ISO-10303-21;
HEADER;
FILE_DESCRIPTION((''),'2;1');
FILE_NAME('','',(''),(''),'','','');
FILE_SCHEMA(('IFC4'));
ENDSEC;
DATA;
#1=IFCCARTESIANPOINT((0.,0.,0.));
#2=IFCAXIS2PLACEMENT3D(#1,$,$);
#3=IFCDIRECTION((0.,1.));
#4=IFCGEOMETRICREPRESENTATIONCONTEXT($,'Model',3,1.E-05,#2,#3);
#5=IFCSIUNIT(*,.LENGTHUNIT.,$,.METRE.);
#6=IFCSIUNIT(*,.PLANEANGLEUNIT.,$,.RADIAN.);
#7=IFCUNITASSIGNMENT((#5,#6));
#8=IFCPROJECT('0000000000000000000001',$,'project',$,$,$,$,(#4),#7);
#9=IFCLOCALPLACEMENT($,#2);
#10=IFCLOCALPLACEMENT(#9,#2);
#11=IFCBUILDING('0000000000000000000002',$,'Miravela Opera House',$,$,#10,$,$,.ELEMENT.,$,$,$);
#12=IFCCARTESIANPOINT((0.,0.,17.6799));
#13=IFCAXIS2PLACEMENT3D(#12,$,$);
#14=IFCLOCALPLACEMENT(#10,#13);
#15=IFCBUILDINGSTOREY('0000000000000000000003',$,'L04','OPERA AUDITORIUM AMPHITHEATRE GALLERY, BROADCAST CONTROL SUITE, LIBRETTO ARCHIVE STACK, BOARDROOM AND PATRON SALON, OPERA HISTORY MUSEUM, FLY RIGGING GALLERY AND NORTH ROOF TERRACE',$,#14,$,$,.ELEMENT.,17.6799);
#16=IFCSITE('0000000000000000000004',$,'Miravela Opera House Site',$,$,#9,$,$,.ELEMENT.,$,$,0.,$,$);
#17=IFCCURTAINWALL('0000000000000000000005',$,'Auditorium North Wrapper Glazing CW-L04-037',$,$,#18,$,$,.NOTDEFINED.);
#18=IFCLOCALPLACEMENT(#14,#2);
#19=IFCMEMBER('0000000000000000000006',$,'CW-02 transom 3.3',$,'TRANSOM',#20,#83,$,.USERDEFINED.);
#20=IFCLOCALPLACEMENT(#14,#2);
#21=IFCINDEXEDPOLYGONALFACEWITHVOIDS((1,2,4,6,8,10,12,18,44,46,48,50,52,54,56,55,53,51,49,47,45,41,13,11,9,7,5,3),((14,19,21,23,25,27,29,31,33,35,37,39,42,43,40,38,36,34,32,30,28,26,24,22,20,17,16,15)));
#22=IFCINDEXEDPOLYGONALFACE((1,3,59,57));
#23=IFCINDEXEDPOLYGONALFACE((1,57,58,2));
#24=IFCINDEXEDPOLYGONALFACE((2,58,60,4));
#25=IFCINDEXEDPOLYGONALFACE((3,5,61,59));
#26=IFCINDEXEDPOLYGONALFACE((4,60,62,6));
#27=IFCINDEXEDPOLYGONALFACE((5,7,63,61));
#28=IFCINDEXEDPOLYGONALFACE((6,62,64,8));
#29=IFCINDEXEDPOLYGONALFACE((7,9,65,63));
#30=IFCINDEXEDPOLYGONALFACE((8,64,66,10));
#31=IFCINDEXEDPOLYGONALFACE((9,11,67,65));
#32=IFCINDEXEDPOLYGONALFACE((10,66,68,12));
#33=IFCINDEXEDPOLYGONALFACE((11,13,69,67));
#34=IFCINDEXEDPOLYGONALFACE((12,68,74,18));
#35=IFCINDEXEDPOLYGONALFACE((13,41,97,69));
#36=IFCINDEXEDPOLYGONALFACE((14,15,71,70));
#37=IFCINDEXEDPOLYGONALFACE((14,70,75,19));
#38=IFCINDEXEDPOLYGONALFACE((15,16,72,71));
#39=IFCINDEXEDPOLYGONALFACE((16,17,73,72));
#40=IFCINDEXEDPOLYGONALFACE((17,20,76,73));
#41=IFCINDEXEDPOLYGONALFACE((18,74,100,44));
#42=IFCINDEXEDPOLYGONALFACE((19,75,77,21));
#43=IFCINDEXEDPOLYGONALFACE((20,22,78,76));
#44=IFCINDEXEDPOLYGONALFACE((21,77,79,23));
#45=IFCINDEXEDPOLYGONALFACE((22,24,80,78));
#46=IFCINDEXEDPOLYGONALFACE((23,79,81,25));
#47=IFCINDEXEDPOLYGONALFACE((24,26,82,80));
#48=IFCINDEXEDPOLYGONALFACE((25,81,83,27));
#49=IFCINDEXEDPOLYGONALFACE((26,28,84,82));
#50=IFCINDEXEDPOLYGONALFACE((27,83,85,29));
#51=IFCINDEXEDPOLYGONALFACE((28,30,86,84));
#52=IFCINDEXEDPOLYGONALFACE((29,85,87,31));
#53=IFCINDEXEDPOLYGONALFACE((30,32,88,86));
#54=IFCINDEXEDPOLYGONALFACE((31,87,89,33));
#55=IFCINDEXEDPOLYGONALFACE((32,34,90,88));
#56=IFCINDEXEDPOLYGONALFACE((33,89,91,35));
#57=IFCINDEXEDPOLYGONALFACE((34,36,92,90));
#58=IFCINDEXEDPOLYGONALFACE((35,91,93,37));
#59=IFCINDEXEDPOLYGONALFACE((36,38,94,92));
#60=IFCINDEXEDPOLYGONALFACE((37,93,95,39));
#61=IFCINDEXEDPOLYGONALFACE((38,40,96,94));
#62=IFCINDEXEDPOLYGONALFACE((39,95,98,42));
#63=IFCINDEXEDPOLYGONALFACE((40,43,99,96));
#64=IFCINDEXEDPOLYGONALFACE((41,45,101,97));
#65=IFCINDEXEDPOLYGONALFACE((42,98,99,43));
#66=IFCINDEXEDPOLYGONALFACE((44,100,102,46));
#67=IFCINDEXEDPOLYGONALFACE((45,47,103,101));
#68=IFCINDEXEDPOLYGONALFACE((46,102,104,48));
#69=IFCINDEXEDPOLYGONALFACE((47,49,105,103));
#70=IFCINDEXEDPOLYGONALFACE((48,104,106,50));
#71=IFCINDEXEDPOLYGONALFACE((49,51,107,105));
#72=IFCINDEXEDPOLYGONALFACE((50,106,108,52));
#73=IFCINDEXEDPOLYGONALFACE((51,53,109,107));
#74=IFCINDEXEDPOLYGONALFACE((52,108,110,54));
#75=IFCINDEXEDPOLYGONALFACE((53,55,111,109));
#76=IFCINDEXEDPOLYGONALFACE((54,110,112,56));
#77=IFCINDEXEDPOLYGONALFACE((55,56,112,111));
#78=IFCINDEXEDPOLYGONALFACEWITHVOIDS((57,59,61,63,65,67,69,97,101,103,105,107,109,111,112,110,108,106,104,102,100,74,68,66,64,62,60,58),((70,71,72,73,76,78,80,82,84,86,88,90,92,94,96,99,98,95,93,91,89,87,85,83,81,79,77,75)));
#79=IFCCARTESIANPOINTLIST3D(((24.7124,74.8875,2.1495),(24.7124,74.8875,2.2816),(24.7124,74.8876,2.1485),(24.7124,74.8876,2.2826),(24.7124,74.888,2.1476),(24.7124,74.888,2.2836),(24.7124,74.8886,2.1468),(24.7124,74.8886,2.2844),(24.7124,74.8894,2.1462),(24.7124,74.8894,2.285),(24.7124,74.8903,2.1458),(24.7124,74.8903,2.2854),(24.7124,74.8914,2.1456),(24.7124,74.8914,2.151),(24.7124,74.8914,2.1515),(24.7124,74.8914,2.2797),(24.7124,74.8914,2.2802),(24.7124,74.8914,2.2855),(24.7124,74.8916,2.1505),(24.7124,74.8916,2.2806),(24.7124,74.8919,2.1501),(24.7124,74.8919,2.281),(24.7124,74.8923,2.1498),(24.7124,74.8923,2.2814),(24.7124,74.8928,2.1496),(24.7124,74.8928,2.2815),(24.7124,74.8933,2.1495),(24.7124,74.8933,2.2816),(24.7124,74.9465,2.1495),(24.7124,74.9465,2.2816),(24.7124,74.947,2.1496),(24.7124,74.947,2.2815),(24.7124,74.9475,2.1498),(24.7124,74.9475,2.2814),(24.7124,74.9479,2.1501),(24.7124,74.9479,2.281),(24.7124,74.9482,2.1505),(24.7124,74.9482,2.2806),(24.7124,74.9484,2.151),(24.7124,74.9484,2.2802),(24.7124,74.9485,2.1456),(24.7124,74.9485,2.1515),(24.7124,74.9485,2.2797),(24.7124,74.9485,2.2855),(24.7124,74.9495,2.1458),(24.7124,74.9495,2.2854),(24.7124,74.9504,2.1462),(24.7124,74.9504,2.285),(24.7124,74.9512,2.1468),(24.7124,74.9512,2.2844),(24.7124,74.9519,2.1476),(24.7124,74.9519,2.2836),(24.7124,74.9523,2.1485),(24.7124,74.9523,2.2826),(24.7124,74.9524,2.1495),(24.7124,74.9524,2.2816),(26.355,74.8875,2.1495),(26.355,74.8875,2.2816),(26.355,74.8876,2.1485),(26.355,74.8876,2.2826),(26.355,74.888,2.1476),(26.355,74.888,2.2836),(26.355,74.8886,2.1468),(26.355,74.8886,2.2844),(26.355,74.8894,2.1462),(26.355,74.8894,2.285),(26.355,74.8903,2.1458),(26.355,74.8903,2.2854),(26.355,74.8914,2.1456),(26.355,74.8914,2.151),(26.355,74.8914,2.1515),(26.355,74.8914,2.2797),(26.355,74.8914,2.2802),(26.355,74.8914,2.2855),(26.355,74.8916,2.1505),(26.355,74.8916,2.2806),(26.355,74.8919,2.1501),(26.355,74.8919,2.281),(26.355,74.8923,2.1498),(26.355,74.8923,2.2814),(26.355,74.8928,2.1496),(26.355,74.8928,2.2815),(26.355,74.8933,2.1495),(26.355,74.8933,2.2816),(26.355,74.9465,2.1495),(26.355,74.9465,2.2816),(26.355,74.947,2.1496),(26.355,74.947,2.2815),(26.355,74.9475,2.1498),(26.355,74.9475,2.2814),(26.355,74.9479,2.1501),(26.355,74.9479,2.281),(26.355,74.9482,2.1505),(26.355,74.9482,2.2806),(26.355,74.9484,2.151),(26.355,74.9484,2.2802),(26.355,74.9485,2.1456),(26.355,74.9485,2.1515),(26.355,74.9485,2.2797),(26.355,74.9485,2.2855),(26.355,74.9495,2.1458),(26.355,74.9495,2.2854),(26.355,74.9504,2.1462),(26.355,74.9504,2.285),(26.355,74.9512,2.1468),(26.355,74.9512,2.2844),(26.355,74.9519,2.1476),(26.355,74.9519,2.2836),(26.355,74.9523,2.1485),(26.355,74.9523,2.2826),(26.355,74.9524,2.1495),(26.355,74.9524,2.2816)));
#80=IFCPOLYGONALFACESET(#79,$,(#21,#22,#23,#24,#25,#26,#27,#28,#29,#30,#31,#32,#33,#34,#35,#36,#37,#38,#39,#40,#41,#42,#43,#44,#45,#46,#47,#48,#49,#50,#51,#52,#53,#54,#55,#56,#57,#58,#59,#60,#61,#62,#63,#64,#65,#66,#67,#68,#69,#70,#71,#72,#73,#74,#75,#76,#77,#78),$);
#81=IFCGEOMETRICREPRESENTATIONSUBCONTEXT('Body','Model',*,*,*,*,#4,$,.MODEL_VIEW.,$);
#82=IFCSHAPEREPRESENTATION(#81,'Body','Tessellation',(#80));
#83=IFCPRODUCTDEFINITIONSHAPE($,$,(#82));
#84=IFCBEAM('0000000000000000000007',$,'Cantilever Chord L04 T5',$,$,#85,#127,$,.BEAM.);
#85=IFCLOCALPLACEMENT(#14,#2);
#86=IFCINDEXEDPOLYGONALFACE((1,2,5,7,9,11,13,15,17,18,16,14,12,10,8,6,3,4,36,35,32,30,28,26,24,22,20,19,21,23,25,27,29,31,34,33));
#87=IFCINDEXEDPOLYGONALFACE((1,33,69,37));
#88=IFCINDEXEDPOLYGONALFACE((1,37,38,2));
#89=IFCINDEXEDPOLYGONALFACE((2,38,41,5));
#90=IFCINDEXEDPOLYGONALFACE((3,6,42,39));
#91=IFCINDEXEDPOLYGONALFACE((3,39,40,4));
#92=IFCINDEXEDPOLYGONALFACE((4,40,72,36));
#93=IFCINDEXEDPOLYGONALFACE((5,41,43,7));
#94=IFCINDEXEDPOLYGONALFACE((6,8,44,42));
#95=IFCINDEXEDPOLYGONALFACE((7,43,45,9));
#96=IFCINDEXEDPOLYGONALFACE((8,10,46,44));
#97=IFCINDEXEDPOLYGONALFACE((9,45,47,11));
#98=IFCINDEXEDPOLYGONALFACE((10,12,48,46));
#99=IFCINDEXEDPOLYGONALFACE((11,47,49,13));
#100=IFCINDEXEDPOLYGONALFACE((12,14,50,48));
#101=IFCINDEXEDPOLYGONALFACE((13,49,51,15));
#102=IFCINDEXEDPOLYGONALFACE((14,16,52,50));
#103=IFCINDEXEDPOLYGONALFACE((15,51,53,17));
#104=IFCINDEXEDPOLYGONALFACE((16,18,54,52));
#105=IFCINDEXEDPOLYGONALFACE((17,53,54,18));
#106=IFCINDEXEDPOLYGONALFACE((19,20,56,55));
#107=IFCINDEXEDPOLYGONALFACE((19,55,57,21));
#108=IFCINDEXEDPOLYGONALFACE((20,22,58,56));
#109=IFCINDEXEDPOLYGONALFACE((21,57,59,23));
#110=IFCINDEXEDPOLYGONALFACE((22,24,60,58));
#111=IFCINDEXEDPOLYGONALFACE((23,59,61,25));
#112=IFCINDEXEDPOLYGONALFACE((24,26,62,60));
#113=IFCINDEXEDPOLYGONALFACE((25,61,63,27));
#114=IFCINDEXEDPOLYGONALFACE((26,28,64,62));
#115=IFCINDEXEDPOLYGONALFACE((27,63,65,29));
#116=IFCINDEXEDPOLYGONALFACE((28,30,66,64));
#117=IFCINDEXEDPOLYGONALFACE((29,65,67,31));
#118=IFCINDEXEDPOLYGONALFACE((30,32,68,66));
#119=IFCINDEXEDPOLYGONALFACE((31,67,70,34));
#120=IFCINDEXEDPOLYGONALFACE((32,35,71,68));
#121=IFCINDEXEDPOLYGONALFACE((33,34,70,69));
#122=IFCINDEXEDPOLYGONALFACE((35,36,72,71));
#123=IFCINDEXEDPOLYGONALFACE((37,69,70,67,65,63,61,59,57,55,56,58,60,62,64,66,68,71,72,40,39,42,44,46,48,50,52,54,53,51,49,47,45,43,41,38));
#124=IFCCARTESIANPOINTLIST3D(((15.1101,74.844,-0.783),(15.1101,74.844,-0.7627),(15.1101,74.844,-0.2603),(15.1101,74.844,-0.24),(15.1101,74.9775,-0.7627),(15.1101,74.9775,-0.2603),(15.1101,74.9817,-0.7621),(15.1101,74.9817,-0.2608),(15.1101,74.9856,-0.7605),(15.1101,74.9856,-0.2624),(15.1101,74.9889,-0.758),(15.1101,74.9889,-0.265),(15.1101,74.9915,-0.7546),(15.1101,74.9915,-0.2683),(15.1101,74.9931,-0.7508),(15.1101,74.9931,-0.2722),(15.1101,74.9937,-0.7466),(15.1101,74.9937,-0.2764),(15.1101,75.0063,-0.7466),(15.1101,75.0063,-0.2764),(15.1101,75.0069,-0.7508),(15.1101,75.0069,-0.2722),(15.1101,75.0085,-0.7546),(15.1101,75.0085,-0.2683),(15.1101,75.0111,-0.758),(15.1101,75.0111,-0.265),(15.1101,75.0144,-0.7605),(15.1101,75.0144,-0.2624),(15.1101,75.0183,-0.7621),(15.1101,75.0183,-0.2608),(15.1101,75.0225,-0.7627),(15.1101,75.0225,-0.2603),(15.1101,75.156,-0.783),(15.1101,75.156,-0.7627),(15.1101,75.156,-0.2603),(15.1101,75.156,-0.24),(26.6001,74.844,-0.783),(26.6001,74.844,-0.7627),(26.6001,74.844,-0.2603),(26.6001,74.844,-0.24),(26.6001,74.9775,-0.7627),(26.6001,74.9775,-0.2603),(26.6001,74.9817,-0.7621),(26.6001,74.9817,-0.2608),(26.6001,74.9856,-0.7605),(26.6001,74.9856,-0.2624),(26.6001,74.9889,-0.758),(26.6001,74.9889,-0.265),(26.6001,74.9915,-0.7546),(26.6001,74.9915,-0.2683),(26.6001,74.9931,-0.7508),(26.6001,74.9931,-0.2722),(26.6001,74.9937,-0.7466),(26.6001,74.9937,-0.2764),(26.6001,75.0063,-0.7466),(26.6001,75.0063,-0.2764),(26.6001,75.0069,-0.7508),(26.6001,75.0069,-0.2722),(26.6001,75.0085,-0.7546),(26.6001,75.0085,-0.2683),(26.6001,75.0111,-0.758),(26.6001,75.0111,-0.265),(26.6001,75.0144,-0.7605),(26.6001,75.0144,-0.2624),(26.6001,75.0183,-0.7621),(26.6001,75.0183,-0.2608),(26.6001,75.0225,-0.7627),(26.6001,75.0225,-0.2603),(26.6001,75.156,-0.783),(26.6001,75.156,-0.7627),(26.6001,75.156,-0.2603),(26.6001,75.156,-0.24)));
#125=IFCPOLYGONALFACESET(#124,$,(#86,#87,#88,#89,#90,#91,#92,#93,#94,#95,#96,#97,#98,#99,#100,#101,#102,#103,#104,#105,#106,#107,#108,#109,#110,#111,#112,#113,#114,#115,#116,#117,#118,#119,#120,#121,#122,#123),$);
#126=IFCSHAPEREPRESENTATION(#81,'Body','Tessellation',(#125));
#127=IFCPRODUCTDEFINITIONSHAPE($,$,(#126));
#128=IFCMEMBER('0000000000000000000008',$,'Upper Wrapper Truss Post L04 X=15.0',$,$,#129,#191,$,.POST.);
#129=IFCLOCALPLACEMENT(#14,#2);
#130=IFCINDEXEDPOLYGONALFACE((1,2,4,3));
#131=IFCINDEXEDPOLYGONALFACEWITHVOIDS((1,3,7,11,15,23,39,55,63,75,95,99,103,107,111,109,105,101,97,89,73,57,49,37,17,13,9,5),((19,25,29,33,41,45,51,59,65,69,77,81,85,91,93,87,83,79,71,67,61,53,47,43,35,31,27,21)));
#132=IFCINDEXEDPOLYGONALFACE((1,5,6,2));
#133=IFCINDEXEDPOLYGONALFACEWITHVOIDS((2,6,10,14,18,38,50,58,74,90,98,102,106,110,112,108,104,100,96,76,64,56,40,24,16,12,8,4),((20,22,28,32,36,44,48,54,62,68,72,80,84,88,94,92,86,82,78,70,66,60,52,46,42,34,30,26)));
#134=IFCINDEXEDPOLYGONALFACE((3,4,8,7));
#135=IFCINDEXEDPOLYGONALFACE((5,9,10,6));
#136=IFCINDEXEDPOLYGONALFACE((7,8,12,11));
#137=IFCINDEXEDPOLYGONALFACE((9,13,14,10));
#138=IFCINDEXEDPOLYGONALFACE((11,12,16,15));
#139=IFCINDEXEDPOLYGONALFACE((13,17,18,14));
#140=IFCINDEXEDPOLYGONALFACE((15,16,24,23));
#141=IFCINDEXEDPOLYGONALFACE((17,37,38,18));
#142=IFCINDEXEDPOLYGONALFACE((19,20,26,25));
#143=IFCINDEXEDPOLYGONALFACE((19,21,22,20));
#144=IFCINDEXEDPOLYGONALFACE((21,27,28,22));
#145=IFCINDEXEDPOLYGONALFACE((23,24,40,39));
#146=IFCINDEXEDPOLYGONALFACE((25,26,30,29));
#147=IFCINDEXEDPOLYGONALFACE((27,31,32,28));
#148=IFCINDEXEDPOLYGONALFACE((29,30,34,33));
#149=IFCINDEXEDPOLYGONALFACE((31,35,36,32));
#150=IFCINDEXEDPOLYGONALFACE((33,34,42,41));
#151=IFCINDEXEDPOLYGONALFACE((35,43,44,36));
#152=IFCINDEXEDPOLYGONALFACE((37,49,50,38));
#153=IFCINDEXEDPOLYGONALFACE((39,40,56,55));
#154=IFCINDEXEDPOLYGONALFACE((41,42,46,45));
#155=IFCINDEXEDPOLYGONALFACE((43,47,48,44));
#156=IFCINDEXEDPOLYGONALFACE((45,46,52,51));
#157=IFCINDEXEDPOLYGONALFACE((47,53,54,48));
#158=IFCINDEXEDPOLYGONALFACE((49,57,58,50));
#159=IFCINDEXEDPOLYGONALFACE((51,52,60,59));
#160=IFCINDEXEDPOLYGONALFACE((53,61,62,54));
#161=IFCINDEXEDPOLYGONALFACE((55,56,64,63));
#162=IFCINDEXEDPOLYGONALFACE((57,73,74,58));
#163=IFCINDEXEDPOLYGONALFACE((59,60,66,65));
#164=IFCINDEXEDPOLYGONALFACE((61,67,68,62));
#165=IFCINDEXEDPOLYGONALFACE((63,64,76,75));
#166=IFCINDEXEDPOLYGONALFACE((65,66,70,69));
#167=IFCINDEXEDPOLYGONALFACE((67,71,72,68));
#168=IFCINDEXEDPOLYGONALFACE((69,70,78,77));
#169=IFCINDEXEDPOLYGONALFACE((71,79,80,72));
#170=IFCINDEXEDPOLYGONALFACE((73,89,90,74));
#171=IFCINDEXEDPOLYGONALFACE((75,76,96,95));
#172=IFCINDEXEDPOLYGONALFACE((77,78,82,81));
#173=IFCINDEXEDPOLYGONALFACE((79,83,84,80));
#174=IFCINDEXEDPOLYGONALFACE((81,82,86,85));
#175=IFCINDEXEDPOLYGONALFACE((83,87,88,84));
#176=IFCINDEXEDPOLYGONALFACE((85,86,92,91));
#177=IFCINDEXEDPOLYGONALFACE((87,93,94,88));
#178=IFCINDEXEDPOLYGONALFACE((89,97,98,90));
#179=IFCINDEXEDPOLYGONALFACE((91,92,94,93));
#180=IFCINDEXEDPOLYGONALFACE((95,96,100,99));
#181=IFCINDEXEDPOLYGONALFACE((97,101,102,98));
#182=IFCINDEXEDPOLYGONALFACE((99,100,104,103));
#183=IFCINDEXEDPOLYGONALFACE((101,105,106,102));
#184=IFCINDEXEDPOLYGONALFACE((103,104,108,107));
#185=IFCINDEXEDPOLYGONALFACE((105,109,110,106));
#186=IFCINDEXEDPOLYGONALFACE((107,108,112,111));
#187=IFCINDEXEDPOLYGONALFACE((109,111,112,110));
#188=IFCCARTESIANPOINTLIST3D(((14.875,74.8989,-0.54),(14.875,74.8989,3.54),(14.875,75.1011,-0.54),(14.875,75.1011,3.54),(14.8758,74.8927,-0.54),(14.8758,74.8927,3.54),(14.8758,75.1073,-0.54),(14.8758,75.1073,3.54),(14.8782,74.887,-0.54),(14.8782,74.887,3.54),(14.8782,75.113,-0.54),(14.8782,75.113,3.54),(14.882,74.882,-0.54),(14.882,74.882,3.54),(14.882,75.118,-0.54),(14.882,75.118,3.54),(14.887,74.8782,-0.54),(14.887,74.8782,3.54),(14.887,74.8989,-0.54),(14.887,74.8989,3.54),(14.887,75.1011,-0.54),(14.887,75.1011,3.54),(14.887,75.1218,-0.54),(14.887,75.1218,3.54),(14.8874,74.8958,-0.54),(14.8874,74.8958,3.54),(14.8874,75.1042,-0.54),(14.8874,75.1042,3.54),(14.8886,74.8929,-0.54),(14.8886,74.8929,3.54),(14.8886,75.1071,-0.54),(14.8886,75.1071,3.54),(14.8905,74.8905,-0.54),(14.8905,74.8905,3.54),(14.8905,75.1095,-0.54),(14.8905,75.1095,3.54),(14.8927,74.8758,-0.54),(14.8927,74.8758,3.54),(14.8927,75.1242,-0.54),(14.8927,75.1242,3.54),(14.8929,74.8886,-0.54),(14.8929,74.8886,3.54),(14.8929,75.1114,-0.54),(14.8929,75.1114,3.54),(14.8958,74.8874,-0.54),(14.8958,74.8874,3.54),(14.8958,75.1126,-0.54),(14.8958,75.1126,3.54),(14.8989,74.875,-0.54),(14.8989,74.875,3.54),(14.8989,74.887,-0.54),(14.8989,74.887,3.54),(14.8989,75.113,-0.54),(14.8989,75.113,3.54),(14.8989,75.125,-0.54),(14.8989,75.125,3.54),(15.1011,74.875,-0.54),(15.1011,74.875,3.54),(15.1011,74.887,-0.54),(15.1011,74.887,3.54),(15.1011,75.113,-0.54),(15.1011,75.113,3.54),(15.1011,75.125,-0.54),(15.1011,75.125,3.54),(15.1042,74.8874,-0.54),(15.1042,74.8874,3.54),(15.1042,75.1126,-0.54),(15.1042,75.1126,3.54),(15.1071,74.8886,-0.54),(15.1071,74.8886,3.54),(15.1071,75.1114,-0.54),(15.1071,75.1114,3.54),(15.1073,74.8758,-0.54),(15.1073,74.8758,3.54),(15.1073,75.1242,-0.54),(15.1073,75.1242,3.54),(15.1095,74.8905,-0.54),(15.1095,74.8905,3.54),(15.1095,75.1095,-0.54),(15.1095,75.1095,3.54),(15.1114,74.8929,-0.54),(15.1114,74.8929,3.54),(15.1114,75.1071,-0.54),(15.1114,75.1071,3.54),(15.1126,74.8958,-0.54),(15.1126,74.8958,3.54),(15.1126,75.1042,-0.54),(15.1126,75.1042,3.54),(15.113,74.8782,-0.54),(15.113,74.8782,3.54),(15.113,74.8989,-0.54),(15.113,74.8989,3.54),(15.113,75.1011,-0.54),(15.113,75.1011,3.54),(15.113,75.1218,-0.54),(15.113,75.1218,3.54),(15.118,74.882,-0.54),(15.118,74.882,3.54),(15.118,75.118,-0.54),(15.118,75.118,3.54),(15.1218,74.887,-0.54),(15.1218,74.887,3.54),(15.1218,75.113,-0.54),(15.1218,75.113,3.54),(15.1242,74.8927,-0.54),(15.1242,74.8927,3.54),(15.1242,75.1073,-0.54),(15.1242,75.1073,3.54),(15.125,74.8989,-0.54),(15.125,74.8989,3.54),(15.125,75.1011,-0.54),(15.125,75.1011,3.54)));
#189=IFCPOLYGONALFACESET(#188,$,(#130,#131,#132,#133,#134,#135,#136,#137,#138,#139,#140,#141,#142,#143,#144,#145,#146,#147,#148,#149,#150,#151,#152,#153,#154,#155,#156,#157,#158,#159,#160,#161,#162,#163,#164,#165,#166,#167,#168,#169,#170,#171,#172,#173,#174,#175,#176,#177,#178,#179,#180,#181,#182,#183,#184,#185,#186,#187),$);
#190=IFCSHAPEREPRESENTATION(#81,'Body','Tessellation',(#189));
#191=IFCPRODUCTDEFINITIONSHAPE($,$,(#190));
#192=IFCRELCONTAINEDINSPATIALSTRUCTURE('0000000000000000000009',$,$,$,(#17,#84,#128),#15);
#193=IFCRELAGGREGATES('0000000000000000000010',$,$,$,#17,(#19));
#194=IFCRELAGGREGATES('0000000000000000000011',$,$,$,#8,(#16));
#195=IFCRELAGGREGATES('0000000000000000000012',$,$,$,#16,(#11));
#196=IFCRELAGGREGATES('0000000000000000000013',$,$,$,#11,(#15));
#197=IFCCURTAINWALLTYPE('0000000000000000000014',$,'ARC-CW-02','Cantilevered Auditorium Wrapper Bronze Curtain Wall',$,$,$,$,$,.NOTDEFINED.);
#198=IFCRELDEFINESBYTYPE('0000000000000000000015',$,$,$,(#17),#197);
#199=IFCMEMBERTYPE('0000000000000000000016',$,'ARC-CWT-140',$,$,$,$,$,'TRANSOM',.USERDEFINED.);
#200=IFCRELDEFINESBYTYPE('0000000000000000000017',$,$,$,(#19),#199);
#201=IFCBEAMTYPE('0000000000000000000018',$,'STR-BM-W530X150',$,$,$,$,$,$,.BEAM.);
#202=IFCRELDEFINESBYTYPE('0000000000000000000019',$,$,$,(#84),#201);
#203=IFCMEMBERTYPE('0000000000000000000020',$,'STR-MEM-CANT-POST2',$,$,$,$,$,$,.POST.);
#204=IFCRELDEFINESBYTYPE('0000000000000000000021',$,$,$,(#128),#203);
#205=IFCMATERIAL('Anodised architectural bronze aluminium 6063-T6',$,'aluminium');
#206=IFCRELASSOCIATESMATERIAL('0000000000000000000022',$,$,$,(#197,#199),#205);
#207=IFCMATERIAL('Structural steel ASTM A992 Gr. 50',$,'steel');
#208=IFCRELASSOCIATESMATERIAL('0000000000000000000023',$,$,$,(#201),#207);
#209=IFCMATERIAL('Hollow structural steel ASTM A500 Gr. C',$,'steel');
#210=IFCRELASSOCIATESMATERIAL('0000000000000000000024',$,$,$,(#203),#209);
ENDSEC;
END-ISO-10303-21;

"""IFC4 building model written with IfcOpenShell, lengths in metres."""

from ifc_helpers import new_model, si_unit, direction, frame, origin, origin_2d, place, context, subcontext, project, spatial, hollow_rectangle, i_section, extrude, material, material_profile, profile_set, type_object, element, aggregate, save


model = new_model("IFC4")

# Units and contexts
model_context = context("Model", 3, precision=1e-05, world=origin(), true_north=direction((0.0, 1.0)))
body_context = subcontext(model_context, "Body", "Model", "MODEL_VIEW")
ifc_project = project(units=[si_unit("LENGTHUNIT", "METRE"), si_unit("PLANEANGLEUNIT", "RADIAN")], contexts=[model_context])

# Site, building, storey
site_placement = place(None, origin())
site = spatial("IfcSite", under=ifc_project, at=site_placement, Name="Miravela Opera House Site", CompositionType="ELEMENT", RefElevation=0.0)
building_placement = place(site_placement, origin())
building = spatial("IfcBuilding", under=site, at=building_placement, Name="Miravela Opera House", CompositionType="ELEMENT")
storey_placement = place(building_placement, frame((0.0, 0.0, 17.6799)))
storey = spatial("IfcBuildingStorey", under=building, at=storey_placement, Name="L04", Description="OPERA AUDITORIUM AMPHITHEATRE GALLERY, BROADCAST CONTROL SUITE, LIBRETTO ARCHIVE STACK, BOARDROOM AND PATRON SALON, OPERA HISTORY MUSEUM, FLY RIGGING GALLERY AND NORTH ROOF TERRACE", CompositionType="ELEMENT", Elevation=17.6799)

# Shared definitions
ifc_material_1 = material(Name="Anodised architectural bronze aluminium 6063-T6", Category="aluminium")
curtain_wall_type = type_object("IfcCurtainWallType", Name="ARC-CW-02", Description="Cantilevered Auditorium Wrapper Bronze Curtain Wall", PredefinedType="NOTDEFINED", material=ifc_material_1)

# Curtain wall, member
curtain_wall_1_placement = place(storey_placement, origin())
curtain_wall_1 = element("IfcCurtainWall", 1, at=curtain_wall_1_placement, inside=storey, type_object=curtain_wall_type, Name="Auditorium North Wrapper Glazing CW-L04-037", PredefinedType="NOTDEFINED")
ifc_material_profile_1 = material_profile(ifc_material_1, hollow_rectangle(XDim=0.0649, YDim=0.1399, WallThickness=0.0039, InnerFilletRadius=0.002, OuterFilletRadius=0.0039, at=origin_2d()), Name="CWT-65X140")
ifc_profile_set_1 = profile_set([ifc_material_profile_1])
member_type_1 = type_object("IfcMemberType", Name="ARC-CWT-140", ElementType="TRANSOM", PredefinedType="USERDEFINED", material=ifc_profile_set_1)
member_1_placement = place(storey_placement, frame((24.7124, 74.9199, 2.2156), z_axis=(1.0, 0.0, 0.0), x_axis=(0.0, 1.0, 0.0)))
member_1 = element("IfcMember", 2, at=member_1_placement, type_object=member_type_1, Name="CW-02 transom 3.3", ObjectType="TRANSOM", PredefinedType="USERDEFINED", context=body_context, shape_type="SweptSolid", body=[
    extrude(hollow_rectangle(XDim=0.0649, YDim=0.1399, WallThickness=0.0039, InnerFilletRadius=0.002, OuterFilletRadius=0.0039, at=origin_2d()), origin(), (0.0, 0.0, 1.0), 1.6426),
])

# Beam
ifc_material_2 = material(Name="Structural steel ASTM A992 Gr. 50", Category="steel")
ifc_material_profile_2 = material_profile(ifc_material_2, i_section(OverallWidth=0.312, OverallDepth=0.543, WebThickness=0.0127, FlangeThickness=0.0203, FilletRadius=0.0161, at=origin_2d()), Name="W530X150")
ifc_profile_set_2 = profile_set([ifc_material_profile_2])
beam_type = type_object("IfcBeamType", Name="STR-BM-W530X150", PredefinedType="BEAM", material=ifc_profile_set_2)
beam_placement = place(storey_placement, frame((15.1101, 75.0, -0.5115), z_axis=(1.0, 0.0, 0.0), x_axis=(0.0, 1.0, 0.0)))
element("IfcBeam", 3, at=beam_placement, inside=storey, type_object=beam_type, Name="Cantilever Chord L04 T5", PredefinedType="BEAM", context=body_context, shape_type="SweptSolid", body=[
    extrude(i_section(OverallWidth=0.312, OverallDepth=0.543, WebThickness=0.0127, FlangeThickness=0.0203, FilletRadius=0.0161, at=origin_2d()), origin(), (0.0, 0.0, 1.0), 11.49),
])

# Member
ifc_material_3 = material(Name="Hollow structural steel ASTM A500 Gr. C", Category="steel")
ifc_material_profile_3 = material_profile(ifc_material_3, hollow_rectangle(XDim=0.25, YDim=0.25, WallThickness=0.012, InnerFilletRadius=0.012, OuterFilletRadius=0.0239, at=origin_2d()), Name="HSS250X250X12")
ifc_profile_set_3 = profile_set([ifc_material_profile_3])
member_type_2 = type_object("IfcMemberType", Name="STR-MEM-CANT-POST2", PredefinedType="POST", material=ifc_profile_set_3)
member_2_placement = place(storey_placement, frame((15.0, 75.0, -0.54), z_axis=(0.0, 0.0, 1.0), x_axis=(1.0, 0.0, 0.0)))
element("IfcMember", 4, at=member_2_placement, inside=storey, type_object=member_type_2, Name="Upper Wrapper Truss Post L04 X=15.0", PredefinedType="POST", context=body_context, shape_type="SweptSolid", body=[
    extrude(hollow_rectangle(XDim=0.25, YDim=0.25, WallThickness=0.012, InnerFilletRadius=0.012, OuterFilletRadius=0.0239, at=origin_2d()), origin(), (0.0, 0.0, 1.0), 4.0801),
])

aggregate(curtain_wall_1, [member_1])

save(model, "model.ifc")
